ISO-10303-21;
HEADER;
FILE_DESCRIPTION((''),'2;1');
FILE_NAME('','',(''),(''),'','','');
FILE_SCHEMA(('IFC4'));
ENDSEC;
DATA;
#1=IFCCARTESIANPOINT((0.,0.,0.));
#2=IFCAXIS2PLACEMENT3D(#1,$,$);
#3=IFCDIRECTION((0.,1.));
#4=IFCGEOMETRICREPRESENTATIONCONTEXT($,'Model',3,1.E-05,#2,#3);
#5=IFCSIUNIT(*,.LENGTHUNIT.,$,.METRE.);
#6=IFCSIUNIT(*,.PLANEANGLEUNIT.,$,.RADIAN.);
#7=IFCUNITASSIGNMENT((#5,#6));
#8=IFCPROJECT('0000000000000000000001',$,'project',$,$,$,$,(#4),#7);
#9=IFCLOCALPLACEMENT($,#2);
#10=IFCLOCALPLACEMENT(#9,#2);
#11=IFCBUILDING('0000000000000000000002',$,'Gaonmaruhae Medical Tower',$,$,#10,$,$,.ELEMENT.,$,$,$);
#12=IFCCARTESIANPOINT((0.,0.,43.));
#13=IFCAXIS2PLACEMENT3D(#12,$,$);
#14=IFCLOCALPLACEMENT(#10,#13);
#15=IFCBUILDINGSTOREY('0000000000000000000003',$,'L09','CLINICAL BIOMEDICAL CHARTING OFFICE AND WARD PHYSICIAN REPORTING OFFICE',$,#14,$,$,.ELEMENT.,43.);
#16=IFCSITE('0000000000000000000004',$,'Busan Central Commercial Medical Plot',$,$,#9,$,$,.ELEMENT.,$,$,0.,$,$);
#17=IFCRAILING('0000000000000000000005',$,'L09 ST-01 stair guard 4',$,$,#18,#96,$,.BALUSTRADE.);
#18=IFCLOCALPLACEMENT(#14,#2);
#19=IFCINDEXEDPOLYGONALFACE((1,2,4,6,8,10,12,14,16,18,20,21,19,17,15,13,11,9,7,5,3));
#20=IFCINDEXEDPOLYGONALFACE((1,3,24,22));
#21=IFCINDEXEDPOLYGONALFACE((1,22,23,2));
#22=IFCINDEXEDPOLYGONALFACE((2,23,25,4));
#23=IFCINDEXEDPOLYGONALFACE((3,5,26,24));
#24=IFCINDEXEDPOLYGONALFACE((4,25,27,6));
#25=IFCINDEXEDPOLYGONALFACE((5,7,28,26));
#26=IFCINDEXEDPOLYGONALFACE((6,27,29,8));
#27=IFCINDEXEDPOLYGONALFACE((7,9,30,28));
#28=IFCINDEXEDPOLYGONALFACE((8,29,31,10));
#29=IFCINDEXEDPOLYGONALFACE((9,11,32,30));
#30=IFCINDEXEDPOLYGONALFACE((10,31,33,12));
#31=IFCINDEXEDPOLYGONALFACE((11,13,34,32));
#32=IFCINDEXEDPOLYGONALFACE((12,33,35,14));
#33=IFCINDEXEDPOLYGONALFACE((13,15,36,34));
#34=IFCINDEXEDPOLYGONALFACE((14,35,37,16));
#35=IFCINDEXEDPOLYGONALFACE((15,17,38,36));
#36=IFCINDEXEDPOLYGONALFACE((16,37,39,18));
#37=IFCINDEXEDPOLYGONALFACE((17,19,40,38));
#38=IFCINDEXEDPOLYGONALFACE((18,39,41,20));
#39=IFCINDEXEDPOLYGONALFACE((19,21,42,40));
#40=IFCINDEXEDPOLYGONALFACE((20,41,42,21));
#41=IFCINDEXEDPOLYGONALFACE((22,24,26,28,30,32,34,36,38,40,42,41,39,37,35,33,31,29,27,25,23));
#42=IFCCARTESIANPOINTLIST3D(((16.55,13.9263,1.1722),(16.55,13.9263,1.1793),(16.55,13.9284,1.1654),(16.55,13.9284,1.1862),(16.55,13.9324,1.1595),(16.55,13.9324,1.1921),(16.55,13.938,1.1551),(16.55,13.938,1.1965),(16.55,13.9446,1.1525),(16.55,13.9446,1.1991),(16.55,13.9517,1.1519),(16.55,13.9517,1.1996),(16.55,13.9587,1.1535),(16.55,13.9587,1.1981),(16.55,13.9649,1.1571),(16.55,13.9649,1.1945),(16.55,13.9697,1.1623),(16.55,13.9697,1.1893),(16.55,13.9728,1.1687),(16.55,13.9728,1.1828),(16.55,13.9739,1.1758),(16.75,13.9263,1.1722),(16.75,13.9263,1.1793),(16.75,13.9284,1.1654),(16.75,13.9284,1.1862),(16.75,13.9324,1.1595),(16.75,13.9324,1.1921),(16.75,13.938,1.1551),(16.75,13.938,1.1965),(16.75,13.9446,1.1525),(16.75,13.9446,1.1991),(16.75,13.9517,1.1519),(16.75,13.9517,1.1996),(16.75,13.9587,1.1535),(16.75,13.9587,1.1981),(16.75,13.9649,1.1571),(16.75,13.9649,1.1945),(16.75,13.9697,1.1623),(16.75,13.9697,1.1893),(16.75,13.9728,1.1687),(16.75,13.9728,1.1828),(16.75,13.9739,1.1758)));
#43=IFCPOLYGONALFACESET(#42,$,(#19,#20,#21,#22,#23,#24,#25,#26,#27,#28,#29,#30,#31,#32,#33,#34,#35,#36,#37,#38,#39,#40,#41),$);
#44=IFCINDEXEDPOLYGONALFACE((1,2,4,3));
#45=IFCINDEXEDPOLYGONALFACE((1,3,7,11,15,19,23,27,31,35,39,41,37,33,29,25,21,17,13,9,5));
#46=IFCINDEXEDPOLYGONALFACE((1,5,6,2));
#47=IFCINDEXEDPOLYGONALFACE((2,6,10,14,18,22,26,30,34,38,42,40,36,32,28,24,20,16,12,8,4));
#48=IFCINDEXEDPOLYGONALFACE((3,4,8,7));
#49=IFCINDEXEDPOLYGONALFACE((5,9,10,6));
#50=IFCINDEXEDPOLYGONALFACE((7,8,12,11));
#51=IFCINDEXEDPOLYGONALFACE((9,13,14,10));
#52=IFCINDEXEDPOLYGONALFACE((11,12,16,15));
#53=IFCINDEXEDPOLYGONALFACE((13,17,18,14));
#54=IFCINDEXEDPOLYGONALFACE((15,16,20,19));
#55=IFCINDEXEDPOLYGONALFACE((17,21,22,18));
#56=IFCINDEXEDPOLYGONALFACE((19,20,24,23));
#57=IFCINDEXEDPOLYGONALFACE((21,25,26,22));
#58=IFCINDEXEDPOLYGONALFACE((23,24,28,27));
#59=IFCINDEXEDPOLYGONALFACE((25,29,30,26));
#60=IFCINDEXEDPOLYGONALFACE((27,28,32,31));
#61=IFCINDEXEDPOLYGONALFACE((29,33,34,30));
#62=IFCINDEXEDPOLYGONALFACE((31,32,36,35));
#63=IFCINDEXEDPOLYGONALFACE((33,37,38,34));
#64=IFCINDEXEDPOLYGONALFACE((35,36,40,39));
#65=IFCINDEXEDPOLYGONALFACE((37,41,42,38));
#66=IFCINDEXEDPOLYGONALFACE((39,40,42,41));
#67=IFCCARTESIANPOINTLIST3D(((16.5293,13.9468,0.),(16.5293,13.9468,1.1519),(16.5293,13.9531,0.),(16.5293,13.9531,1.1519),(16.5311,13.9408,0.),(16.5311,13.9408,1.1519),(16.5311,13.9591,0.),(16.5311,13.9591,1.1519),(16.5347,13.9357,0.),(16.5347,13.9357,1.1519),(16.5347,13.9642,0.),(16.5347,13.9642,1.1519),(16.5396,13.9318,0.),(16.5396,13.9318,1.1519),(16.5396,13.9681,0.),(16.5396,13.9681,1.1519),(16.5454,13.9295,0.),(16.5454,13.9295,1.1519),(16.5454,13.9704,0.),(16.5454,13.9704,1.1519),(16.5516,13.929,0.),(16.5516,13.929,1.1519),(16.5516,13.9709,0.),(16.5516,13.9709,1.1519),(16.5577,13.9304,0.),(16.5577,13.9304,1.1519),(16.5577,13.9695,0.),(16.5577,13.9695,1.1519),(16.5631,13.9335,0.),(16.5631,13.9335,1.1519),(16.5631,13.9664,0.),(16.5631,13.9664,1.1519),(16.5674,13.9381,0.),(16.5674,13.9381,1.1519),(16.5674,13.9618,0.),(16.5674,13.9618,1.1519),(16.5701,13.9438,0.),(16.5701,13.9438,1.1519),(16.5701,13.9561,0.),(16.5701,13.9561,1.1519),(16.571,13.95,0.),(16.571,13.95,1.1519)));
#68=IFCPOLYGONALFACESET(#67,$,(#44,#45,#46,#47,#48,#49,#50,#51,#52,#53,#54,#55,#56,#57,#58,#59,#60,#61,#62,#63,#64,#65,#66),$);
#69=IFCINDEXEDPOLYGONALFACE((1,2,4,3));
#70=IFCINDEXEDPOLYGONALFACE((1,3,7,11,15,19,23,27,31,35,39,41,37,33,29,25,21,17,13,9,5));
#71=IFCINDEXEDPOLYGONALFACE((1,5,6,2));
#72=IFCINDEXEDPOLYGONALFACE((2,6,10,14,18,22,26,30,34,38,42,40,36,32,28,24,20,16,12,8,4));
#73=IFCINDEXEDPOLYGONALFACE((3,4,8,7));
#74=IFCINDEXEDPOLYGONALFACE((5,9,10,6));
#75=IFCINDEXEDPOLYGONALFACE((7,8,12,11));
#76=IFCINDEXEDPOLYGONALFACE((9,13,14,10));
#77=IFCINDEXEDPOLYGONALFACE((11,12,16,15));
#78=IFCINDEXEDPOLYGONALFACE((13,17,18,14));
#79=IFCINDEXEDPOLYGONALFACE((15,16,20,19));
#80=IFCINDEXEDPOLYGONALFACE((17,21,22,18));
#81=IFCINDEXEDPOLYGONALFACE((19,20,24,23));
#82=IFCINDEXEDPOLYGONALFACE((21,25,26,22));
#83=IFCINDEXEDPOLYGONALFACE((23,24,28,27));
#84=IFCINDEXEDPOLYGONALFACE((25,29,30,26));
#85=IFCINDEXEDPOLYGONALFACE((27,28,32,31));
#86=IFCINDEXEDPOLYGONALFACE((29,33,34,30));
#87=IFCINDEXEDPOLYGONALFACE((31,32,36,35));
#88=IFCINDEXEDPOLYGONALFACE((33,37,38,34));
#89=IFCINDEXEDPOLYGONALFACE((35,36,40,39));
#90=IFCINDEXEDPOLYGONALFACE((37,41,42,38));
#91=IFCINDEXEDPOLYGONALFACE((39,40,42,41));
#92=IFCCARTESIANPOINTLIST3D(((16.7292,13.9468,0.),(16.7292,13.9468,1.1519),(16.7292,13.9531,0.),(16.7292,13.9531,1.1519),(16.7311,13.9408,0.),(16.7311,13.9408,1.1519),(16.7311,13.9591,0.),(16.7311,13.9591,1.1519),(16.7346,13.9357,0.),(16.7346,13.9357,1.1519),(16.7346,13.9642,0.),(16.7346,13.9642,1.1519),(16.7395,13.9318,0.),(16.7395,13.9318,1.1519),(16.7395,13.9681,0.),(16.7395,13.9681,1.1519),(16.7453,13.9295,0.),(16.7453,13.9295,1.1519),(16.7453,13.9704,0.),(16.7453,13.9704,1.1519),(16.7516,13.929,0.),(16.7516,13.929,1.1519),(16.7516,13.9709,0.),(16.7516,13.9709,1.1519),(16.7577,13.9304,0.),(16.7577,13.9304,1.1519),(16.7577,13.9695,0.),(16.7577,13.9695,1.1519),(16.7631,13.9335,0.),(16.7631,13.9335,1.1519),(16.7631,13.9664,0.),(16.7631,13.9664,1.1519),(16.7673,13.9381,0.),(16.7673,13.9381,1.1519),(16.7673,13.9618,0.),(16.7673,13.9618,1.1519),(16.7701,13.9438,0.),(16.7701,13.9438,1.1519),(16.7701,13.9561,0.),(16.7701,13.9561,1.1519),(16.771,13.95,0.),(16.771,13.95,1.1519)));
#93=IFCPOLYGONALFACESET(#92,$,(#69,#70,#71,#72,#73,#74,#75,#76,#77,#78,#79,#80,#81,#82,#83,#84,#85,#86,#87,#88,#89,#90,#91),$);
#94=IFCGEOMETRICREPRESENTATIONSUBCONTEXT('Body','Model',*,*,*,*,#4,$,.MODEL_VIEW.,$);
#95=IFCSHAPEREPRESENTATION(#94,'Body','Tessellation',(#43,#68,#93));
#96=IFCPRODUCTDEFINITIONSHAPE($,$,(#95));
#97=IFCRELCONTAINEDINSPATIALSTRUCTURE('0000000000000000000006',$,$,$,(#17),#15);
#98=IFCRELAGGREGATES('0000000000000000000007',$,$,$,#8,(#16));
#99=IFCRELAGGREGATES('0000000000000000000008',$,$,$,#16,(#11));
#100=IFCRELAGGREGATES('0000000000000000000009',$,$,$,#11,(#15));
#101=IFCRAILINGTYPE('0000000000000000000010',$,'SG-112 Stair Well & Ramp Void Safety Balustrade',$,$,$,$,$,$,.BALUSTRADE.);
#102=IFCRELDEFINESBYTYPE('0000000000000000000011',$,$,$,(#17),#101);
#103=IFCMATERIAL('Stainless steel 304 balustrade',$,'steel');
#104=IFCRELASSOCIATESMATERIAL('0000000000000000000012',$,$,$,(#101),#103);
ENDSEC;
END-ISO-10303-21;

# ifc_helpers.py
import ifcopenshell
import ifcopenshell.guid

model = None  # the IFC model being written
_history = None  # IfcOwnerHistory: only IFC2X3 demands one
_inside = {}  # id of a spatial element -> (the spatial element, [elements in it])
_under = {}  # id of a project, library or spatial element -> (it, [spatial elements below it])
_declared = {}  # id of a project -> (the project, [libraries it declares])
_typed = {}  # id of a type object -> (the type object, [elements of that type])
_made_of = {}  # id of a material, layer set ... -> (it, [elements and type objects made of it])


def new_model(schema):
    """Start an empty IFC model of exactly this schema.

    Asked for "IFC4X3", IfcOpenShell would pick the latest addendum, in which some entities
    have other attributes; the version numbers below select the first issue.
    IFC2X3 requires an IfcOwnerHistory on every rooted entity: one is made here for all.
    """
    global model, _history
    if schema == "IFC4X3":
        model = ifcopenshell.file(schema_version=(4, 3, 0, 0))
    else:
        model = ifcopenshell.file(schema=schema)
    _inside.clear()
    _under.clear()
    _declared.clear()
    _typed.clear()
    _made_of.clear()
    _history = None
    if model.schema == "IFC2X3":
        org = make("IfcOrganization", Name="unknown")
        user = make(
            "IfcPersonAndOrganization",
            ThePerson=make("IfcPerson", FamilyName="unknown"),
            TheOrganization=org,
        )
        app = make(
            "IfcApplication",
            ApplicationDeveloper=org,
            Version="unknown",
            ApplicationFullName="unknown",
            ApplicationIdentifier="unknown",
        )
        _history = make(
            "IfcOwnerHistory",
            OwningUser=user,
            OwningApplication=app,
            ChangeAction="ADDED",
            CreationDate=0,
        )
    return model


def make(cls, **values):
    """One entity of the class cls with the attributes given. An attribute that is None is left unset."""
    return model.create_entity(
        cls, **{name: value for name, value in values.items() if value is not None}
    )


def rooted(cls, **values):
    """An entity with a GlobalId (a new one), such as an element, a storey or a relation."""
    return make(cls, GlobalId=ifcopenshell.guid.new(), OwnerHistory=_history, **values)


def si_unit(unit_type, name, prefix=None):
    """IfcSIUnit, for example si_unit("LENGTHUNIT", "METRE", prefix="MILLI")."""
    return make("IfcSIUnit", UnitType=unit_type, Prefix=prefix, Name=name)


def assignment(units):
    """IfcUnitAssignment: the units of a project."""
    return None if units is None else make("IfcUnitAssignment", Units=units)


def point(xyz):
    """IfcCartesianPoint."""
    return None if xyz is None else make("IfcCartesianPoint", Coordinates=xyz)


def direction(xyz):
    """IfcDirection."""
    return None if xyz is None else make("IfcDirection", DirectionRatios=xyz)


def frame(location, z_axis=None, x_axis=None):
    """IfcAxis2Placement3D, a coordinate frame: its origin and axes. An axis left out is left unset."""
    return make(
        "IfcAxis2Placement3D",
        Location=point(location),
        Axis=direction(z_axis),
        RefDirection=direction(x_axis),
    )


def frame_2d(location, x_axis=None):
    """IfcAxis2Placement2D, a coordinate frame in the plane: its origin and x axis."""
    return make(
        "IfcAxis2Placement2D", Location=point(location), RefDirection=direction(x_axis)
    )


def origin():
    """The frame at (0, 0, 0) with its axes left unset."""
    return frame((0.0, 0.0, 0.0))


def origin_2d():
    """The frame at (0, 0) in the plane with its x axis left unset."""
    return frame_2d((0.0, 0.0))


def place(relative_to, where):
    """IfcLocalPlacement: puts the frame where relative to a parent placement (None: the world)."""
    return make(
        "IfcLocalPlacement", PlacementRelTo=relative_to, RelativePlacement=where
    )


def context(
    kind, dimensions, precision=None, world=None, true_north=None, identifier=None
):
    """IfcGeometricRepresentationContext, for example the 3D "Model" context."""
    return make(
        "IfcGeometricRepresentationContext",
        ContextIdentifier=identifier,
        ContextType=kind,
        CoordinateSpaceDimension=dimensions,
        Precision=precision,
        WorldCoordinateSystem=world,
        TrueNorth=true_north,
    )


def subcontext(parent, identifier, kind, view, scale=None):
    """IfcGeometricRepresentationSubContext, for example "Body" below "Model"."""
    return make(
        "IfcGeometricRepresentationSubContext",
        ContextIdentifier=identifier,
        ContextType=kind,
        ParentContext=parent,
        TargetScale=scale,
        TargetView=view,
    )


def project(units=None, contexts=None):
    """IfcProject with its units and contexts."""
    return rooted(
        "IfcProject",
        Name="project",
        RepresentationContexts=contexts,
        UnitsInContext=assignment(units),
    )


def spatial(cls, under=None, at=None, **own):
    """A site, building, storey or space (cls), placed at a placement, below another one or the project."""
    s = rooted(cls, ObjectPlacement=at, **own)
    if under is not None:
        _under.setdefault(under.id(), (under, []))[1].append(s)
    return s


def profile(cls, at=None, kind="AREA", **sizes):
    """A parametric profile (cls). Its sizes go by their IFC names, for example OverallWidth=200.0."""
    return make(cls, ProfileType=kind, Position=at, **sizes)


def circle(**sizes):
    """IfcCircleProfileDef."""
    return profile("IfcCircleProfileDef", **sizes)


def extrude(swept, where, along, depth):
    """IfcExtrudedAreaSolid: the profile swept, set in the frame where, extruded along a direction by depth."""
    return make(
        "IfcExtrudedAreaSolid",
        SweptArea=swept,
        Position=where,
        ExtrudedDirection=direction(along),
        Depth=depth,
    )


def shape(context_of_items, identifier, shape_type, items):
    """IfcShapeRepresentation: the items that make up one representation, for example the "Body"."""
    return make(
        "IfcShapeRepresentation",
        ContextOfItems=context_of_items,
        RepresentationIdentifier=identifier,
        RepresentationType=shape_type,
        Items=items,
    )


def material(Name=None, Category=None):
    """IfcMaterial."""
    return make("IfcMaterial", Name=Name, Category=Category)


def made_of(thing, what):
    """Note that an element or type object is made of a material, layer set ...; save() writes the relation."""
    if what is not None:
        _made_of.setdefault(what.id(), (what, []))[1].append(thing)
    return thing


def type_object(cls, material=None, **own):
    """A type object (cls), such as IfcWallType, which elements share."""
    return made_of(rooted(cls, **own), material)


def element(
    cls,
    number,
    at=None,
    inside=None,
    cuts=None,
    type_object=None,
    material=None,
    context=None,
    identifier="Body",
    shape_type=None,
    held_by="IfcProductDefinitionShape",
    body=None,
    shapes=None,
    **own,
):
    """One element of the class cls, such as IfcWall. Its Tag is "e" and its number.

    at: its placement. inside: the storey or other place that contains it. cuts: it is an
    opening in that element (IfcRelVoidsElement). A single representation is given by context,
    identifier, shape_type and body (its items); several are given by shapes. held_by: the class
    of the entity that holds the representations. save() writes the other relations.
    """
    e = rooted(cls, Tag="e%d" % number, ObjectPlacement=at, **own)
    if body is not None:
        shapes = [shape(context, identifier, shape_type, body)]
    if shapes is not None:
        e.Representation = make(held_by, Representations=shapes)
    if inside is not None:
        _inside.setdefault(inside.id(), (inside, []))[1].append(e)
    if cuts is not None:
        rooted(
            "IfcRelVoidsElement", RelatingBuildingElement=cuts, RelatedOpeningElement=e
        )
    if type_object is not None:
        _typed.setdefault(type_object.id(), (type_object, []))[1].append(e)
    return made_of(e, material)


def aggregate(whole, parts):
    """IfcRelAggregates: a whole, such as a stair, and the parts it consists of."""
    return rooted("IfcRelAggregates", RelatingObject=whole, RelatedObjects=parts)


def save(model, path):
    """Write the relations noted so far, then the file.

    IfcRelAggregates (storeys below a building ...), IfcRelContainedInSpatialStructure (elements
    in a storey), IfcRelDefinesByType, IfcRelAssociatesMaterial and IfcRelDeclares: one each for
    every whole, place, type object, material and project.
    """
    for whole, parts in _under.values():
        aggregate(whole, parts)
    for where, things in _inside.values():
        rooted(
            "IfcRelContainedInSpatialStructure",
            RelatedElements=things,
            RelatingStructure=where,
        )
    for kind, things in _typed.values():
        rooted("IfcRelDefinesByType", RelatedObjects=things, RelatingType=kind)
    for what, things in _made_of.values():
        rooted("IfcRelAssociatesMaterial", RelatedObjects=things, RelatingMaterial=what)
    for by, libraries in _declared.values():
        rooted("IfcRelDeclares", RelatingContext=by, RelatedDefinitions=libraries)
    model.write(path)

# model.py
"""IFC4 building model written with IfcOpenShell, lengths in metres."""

from ifc_helpers import new_model, si_unit, direction, frame, origin, origin_2d, place, context, subcontext, project, spatial, circle, extrude, material, type_object, element, save


model = new_model("IFC4")

# Units and contexts
model_context = context("Model", 3, precision=1e-05, world=origin(), true_north=direction((0.0, 1.0)))
body_context = subcontext(model_context, "Body", "Model", "MODEL_VIEW")
ifc_project = project(units=[si_unit("LENGTHUNIT", "METRE"), si_unit("PLANEANGLEUNIT", "RADIAN")], contexts=[model_context])

# Site, building, storey
site_placement = place(None, origin())
site = spatial("IfcSite", under=ifc_project, at=site_placement, Name="Busan Central Commercial Medical Plot", CompositionType="ELEMENT", RefElevation=0.0)
building_placement = place(site_placement, origin())
building = spatial("IfcBuilding", under=site, at=building_placement, Name="Gaonmaruhae Medical Tower", CompositionType="ELEMENT")
storey_placement = place(building_placement, frame((0.0, 0.0, 43.0)))
storey = spatial("IfcBuildingStorey", under=building, at=storey_placement, Name="L09", Description="CLINICAL BIOMEDICAL CHARTING OFFICE AND WARD PHYSICIAN REPORTING OFFICE", CompositionType="ELEMENT", Elevation=43.0)

# Railing
ifc_material_1 = material(Name="Stainless steel 304 balustrade", Category="steel")
railing_type_1 = type_object("IfcRailingType", Name="SG-112 Stair Well & Ramp Void Safety Balustrade", PredefinedType="BALUSTRADE", material=ifc_material_1)
railing_1_placement = place(storey_placement, frame((16.55, 13.95, 0.0)))
element("IfcRailing", 1, at=railing_1_placement, inside=storey, type_object=railing_type_1, Name="L09 ST-01 stair guard 4", PredefinedType="BALUSTRADE", context=body_context, shape_type="SweptSolid", body=[
    extrude(circle(Radius=0.0239, at=origin_2d()), frame((0.0, 0.0, 1.1758), z_axis=(1.0, 0.0, 0.0), x_axis=(0.0, 1.0, 0.0)), (0.0, 0.0, 1.0), 0.2),
    extrude(circle(Radius=0.021, at=origin_2d()), origin(), (0.0, 0.0, 1.0), 1.1519),
    extrude(circle(Radius=0.021, at=origin_2d()), frame((0.2, 0.0, 0.0)), (0.0, 0.0, 1.0), 1.1519),
])

save(model, "model.ifc")
